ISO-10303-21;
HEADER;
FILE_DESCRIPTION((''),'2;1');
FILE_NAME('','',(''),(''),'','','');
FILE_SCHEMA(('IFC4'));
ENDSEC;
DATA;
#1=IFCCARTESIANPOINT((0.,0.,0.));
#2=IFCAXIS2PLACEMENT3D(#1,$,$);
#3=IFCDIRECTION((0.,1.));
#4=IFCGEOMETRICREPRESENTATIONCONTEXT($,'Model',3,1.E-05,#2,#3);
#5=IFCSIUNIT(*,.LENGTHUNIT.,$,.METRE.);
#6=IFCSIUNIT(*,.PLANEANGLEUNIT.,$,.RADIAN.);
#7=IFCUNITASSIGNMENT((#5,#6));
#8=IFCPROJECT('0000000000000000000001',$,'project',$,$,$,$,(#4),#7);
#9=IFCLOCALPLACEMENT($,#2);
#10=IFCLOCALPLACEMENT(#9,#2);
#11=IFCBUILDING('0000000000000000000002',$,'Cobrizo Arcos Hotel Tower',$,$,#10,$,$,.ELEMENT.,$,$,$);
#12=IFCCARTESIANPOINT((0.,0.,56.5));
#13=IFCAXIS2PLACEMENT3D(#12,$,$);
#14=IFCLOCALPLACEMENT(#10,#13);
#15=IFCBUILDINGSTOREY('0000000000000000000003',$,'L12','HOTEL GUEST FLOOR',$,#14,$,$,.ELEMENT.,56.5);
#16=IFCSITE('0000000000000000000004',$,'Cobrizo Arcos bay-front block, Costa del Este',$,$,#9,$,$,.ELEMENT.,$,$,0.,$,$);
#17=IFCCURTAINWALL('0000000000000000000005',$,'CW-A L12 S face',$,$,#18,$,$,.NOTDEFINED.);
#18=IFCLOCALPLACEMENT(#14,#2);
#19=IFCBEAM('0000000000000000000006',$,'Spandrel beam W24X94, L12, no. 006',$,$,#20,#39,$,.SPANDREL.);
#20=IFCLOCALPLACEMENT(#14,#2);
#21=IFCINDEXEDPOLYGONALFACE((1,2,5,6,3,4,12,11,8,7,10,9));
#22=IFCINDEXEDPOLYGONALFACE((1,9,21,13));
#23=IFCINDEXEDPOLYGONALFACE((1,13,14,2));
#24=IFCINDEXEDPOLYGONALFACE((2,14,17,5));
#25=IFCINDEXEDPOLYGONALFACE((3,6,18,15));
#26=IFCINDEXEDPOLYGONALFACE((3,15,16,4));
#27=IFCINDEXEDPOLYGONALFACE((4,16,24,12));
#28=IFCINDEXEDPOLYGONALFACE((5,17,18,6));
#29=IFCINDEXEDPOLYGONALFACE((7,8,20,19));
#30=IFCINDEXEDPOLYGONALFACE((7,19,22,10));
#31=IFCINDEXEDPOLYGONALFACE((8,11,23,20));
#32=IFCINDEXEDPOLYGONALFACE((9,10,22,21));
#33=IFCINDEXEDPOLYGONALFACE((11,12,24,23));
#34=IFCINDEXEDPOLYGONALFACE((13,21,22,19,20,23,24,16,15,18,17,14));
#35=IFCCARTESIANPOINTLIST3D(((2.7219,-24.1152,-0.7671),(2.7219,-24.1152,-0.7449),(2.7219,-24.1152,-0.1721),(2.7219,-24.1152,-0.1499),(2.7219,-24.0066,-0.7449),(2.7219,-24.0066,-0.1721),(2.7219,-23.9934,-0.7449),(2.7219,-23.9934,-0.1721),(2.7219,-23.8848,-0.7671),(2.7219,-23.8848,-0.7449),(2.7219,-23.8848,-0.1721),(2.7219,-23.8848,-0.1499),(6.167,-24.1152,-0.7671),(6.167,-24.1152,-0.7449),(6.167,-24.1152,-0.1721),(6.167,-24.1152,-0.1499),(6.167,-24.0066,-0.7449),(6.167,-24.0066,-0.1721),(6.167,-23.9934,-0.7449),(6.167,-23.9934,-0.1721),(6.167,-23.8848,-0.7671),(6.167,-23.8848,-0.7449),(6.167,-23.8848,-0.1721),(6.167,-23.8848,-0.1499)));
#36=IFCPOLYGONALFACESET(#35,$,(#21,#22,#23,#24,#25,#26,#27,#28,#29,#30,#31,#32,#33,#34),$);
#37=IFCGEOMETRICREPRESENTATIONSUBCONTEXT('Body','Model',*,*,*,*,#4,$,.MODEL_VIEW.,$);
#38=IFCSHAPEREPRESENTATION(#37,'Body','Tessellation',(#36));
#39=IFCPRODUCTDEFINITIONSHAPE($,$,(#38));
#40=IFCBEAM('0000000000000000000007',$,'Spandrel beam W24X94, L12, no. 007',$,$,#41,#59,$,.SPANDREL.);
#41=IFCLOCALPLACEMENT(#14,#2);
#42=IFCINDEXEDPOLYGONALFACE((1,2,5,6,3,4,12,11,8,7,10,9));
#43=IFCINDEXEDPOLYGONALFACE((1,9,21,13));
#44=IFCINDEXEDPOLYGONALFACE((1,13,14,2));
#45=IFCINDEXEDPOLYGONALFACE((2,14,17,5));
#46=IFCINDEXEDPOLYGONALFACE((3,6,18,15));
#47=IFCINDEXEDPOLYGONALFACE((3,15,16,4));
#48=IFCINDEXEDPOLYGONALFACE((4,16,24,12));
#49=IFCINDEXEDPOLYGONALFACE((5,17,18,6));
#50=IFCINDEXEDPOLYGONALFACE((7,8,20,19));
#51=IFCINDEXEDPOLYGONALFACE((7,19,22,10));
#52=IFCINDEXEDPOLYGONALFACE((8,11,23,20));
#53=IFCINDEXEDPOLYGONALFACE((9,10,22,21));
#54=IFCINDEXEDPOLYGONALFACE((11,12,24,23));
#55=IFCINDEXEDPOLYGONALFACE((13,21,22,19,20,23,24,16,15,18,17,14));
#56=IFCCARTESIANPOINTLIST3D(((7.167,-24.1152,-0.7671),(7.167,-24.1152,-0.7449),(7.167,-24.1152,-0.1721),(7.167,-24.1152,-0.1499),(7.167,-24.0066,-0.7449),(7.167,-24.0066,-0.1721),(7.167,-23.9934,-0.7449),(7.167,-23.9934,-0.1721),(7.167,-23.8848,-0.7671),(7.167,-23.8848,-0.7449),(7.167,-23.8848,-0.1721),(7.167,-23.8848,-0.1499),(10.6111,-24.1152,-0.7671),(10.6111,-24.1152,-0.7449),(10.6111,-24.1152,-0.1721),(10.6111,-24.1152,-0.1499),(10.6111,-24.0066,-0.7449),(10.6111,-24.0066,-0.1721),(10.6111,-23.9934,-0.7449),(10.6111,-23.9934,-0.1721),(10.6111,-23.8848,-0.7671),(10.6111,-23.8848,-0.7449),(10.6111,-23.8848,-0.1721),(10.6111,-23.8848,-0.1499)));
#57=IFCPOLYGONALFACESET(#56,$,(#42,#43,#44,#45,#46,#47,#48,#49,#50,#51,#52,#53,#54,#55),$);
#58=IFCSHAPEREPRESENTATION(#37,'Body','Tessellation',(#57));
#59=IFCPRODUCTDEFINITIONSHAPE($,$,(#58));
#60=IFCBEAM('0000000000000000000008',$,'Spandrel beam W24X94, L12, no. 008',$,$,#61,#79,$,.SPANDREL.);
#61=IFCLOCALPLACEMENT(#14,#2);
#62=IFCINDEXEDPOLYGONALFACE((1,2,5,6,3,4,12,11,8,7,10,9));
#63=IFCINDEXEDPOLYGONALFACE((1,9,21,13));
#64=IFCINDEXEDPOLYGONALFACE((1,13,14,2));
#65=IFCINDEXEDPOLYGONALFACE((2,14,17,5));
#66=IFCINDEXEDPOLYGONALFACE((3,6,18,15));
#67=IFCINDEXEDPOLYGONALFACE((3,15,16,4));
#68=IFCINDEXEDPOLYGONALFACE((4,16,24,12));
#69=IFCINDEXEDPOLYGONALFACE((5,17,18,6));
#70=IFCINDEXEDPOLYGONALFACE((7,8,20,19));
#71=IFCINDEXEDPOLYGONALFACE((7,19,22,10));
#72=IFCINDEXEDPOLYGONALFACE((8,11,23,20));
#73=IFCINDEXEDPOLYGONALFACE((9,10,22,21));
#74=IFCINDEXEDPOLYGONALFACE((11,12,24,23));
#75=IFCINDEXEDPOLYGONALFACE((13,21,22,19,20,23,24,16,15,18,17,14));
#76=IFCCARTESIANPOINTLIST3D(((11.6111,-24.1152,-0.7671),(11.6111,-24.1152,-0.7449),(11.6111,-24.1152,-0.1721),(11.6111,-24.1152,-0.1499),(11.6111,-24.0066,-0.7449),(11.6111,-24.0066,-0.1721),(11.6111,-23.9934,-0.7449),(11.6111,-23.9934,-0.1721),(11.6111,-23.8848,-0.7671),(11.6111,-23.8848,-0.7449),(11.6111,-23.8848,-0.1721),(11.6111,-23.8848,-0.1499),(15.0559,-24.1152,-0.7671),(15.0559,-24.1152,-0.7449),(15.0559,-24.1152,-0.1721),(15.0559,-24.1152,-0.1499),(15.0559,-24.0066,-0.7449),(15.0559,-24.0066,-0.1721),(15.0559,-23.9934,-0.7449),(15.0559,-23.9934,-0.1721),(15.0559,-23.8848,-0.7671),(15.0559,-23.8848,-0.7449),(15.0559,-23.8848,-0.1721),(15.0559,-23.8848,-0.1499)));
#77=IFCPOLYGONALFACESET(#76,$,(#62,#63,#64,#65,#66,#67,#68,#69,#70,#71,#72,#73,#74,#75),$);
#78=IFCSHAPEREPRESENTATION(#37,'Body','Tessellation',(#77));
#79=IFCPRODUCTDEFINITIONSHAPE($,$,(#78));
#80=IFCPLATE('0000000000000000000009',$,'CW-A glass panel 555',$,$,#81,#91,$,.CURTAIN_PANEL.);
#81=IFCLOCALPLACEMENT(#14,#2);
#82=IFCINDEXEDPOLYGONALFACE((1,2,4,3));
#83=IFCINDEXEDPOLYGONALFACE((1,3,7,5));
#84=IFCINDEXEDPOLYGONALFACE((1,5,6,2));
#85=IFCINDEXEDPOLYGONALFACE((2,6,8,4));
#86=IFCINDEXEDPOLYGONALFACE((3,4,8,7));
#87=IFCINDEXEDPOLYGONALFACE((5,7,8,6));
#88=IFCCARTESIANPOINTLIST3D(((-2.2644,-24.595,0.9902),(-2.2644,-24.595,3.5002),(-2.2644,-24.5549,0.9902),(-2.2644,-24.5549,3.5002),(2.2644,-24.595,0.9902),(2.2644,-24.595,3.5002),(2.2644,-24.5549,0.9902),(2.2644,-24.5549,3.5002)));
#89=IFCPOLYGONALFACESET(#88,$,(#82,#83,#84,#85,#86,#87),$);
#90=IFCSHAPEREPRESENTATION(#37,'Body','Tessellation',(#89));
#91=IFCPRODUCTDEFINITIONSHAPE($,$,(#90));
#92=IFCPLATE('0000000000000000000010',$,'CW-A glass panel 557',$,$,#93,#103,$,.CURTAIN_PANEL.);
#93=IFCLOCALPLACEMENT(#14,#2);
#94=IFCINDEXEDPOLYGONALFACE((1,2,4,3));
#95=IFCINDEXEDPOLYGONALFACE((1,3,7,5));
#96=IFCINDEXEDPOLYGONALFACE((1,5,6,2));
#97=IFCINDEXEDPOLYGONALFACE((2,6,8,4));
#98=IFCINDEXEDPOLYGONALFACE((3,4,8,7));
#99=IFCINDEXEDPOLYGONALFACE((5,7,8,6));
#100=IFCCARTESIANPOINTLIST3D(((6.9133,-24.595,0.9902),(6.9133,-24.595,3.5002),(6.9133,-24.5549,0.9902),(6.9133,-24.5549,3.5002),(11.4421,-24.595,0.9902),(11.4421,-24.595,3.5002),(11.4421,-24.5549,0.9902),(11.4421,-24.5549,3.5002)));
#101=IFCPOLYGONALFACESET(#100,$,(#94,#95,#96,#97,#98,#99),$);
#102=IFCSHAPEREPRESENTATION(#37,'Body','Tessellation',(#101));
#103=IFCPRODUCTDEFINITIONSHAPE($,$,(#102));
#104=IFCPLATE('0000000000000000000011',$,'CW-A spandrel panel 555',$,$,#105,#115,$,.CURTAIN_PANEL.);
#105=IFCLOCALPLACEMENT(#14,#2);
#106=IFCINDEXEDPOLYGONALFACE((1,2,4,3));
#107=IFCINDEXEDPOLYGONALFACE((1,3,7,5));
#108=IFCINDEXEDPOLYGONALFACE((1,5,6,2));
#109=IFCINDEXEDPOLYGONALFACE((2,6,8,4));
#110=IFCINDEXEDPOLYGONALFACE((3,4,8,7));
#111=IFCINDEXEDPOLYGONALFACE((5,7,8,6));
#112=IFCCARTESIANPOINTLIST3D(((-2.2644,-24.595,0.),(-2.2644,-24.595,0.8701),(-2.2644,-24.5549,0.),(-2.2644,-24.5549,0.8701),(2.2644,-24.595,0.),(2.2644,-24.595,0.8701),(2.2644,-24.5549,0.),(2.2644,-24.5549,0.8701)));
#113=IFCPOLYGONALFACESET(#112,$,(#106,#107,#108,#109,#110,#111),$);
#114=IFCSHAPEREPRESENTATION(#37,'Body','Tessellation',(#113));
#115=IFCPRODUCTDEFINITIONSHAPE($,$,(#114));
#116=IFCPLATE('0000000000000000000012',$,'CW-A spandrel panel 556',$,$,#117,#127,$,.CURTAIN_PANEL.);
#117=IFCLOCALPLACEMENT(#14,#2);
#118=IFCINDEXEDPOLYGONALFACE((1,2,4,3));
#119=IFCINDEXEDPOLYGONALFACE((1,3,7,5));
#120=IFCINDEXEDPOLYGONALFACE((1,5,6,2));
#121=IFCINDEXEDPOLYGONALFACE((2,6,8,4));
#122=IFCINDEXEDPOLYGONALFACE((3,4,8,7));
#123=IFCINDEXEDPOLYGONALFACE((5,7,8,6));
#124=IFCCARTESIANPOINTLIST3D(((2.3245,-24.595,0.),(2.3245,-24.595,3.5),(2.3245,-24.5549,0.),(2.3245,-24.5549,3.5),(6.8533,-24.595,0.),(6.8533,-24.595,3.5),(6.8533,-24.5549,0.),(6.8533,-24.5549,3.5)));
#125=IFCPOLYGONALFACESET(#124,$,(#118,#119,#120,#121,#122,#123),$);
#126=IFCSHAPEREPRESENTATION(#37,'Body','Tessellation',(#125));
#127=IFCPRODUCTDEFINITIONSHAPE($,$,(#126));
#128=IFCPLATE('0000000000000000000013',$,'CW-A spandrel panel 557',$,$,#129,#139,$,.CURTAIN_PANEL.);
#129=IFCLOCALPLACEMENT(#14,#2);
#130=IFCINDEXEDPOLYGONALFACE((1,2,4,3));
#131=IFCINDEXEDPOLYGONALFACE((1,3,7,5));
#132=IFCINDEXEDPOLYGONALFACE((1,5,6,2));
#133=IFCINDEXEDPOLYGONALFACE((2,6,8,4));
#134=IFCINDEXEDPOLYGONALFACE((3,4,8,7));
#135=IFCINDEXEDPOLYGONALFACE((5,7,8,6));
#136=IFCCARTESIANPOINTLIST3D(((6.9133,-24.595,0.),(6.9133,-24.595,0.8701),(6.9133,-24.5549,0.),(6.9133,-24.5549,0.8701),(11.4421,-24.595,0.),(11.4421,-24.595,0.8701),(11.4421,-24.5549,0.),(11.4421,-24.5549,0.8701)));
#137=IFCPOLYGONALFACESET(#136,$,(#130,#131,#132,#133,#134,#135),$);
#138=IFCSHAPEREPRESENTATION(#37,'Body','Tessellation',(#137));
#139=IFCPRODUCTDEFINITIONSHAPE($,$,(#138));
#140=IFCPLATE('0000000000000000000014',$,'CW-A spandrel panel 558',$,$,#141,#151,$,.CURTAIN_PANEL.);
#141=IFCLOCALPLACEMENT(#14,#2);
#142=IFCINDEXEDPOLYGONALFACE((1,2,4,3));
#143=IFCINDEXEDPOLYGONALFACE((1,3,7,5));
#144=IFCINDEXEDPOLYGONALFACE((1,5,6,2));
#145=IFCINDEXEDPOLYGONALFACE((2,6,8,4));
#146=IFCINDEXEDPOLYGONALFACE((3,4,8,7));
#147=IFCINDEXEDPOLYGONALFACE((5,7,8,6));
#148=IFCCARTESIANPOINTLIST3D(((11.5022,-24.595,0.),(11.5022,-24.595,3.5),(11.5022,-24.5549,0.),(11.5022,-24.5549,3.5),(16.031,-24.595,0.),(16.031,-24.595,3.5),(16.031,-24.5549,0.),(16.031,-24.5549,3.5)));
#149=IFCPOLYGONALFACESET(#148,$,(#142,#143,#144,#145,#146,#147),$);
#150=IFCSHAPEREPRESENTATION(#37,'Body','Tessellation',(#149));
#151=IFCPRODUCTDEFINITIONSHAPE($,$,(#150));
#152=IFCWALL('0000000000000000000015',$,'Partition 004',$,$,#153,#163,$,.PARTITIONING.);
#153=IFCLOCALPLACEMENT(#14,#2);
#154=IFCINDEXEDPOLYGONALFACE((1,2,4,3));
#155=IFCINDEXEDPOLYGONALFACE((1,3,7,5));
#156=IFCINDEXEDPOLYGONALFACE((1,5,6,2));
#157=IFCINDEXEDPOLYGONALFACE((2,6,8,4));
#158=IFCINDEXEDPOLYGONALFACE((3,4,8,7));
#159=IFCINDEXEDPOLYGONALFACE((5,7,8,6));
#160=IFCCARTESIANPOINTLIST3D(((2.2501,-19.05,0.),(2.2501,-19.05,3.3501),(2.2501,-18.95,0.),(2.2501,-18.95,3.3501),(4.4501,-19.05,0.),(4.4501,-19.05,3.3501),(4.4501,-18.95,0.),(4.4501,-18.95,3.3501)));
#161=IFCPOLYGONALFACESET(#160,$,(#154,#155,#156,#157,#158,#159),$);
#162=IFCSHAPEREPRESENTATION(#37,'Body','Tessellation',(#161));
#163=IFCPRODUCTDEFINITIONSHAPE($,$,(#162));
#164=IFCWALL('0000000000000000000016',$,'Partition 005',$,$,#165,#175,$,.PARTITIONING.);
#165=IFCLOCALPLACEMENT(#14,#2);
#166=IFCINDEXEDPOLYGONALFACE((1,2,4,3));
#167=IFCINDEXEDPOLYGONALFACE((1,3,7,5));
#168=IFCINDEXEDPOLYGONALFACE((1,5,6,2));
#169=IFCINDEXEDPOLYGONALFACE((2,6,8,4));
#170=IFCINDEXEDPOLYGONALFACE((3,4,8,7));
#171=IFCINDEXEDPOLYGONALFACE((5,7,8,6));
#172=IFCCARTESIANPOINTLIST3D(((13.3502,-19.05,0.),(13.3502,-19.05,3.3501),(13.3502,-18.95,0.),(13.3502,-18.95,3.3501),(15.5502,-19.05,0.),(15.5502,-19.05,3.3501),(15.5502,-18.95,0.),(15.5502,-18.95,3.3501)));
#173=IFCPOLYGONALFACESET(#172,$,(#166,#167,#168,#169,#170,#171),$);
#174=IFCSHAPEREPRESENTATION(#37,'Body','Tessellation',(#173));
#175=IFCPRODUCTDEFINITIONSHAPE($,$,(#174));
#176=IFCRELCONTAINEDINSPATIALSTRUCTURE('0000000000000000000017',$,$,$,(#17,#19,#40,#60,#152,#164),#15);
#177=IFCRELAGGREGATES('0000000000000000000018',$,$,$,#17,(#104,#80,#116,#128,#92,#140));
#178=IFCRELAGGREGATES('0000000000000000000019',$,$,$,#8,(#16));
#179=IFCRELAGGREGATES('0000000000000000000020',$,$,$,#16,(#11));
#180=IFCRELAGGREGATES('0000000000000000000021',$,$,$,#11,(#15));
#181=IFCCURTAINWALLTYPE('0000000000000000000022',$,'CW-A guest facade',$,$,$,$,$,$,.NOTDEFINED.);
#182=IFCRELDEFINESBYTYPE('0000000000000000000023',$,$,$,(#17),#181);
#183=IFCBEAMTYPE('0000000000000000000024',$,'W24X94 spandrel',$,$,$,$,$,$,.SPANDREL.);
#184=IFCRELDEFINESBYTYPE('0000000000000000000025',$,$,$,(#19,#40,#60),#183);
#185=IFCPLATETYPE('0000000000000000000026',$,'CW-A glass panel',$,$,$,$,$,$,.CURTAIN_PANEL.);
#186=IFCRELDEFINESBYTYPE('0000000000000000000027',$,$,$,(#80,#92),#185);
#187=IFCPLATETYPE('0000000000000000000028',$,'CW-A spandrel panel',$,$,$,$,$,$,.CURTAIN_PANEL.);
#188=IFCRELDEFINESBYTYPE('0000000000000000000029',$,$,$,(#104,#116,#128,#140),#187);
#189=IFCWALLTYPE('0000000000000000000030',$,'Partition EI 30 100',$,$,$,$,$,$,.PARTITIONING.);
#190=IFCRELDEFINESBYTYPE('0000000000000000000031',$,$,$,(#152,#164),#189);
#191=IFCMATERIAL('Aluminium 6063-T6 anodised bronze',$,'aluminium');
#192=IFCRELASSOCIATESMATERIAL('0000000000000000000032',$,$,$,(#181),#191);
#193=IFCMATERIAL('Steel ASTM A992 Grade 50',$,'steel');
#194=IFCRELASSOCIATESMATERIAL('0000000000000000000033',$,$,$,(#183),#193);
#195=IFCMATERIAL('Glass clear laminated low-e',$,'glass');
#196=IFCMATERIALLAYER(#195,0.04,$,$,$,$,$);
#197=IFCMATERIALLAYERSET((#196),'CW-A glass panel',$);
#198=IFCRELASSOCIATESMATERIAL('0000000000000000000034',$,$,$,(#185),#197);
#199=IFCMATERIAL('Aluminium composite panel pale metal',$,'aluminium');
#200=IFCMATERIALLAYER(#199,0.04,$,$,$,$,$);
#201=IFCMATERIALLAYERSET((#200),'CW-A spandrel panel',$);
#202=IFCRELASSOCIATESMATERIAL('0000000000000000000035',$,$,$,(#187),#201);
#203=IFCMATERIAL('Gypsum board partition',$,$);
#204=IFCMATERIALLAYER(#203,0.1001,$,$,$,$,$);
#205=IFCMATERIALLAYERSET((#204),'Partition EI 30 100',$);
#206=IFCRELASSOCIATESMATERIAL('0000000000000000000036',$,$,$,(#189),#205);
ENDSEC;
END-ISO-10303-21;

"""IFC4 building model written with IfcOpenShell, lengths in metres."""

from ifc_helpers import new_model, si_unit, direction, frame, frame_2d, origin, origin_2d, place, context, subcontext, project, spatial, rectangle, i_section, extrude, material, layer, layer_set, material_profile, profile_set, type_object, element, aggregate, save


model = new_model("IFC4")

# Units and contexts
model_context = context("Model", 3, precision=1e-05, world=origin(), true_north=direction((0.0, 1.0)))
body_context = subcontext(model_context, "Body", "Model", "MODEL_VIEW")
ifc_project = project(units=[si_unit("LENGTHUNIT", "METRE"), si_unit("PLANEANGLEUNIT", "RADIAN")], contexts=[model_context])

# Site, building, storey
site_placement = place(None, origin())
site = spatial("IfcSite", under=ifc_project, at=site_placement, Name="Cobrizo Arcos bay-front block, Costa del Este", CompositionType="ELEMENT", RefElevation=0.0)
building_placement = place(site_placement, origin())
building = spatial("IfcBuilding", under=site, at=building_placement, Name="Cobrizo Arcos Hotel Tower", CompositionType="ELEMENT")
storey_placement = place(building_placement, frame((0.0, 0.0, 56.5)))
storey = spatial("IfcBuildingStorey", under=building, at=storey_placement, Name="L12", Description="HOTEL GUEST FLOOR", CompositionType="ELEMENT", Elevation=56.5)

# Curtain wall
ifc_material_1 = material(Name="Aluminium 6063-T6 anodised bronze", Category="aluminium")
curtain_wall_type = type_object("IfcCurtainWallType", Name="CW-A guest facade", PredefinedType="NOTDEFINED", material=ifc_material_1)
curtain_wall_placement = place(storey_placement, origin())
curtain_wall = element("IfcCurtainWall", 1, at=curtain_wall_placement, inside=storey, type_object=curtain_wall_type, Name="CW-A L12 S face", PredefinedType="NOTDEFINED")

# Beams
ifc_material_2 = material(Name="Steel ASTM A992 Grade 50", Category="steel")
ifc_material_profile_1 = material_profile(ifc_material_2, i_section(OverallWidth=0.2305, OverallDepth=0.6172, WebThickness=0.0132, FlangeThickness=0.0222, at=origin_2d()), Name="W24X94")
ifc_profile_set_1 = profile_set([ifc_material_profile_1], Name="Steel ASTM A992 Grade 50")
beam_type_1 = type_object("IfcBeamType", Name="W24X94 spandrel", PredefinedType="SPANDREL", material=ifc_profile_set_1)
beam_1_placement = place(storey_placement, frame((2.7219, -24.0, -0.4585), z_axis=(1.0, 0.0, 0.0), x_axis=(0.0, 1.0, 0.0)))
element("IfcBeam", 2, at=beam_1_placement, inside=storey, type_object=beam_type_1, Name="Spandrel beam W24X94, L12, no. 006", PredefinedType="SPANDREL", context=body_context, shape_type="SweptSolid", body=[
    extrude(i_section(OverallWidth=0.2305, OverallDepth=0.6172, WebThickness=0.0132, FlangeThickness=0.0222, at=origin_2d()), origin(), (0.0, 0.0, 1.0), 3.4451),
])
beam_2_placement = place(storey_placement, frame((7.167, -24.0, -0.4585), z_axis=(1.0, 0.0, 0.0), x_axis=(0.0, 1.0, 0.0)))
element("IfcBeam", 3, at=beam_2_placement, inside=storey, type_object=beam_type_1, Name="Spandrel beam W24X94, L12, no. 007", PredefinedType="SPANDREL", context=body_context, shape_type="SweptSolid", body=[
    extrude(i_section(OverallWidth=0.2305, OverallDepth=0.6172, WebThickness=0.0132, FlangeThickness=0.0222, at=origin_2d()), origin(), (0.0, 0.0, 1.0), 3.4441),
])
beam_3_placement = place(storey_placement, frame((11.6111, -24.0, -0.4585), z_axis=(1.0, 0.0, 0.0), x_axis=(0.0, 1.0, 0.0)))
element("IfcBeam", 4, at=beam_3_placement, inside=storey, type_object=beam_type_1, Name="Spandrel beam W24X94, L12, no. 008", PredefinedType="SPANDREL", context=body_context, shape_type="SweptSolid", body=[
    extrude(i_section(OverallWidth=0.2305, OverallDepth=0.6172, WebThickness=0.0132, FlangeThickness=0.0222, at=origin_2d()), origin(), (0.0, 0.0, 1.0), 3.4448),
])

# Plates
ifc_material_3 = material(Name="Glass clear laminated low-e", Category="glass")
ifc_layer_1 = layer(ifc_material_3, 0.04)
ifc_layer_set_1 = layer_set([ifc_layer_1], Name="CW-A glass panel")
plate_type_1 = type_object("IfcPlateType", Name="CW-A glass panel", PredefinedType="CURTAIN_PANEL", material=ifc_layer_set_1)
plate_1_placement = place(storey_placement, frame((0.0, -24.575, 0.9902), z_axis=(0.0, 0.0, 1.0), x_axis=(1.0, 0.0, 0.0)))
plate_1 = element("IfcPlate", 5, at=plate_1_placement, type_object=plate_type_1, Name="CW-A glass panel 555", PredefinedType="CURTAIN_PANEL", context=body_context, shape_type="SweptSolid", body=[
    extrude(rectangle(XDim=4.5288, YDim=0.04, at=origin_2d()), origin(), (0.0, 0.0, 1.0), 2.51),
])
plate_2_placement = place(storey_placement, frame((9.1777, -24.575, 0.9902), z_axis=(0.0, 0.0, 1.0), x_axis=(1.0, 0.0, 0.0)))
plate_2 = element("IfcPlate", 6, at=plate_2_placement, type_object=plate_type_1, Name="CW-A glass panel 557", PredefinedType="CURTAIN_PANEL", context=body_context, shape_type="SweptSolid", body=[
    extrude(rectangle(XDim=4.5288, YDim=0.04, at=origin_2d()), origin(), (0.0, 0.0, 1.0), 2.51),
])
ifc_material_4 = material(Name="Aluminium composite panel pale metal", Category="aluminium")
ifc_layer_2 = layer(ifc_material_4, 0.04)
ifc_layer_set_2 = layer_set([ifc_layer_2], Name="CW-A spandrel panel")
plate_type_2 = type_object("IfcPlateType", Name="CW-A spandrel panel", PredefinedType="CURTAIN_PANEL", material=ifc_layer_set_2)
plate_3_placement = place(storey_placement, frame((0.0, -24.575, 0.0), z_axis=(0.0, 0.0, 1.0), x_axis=(1.0, 0.0, 0.0)))
plate_3 = element("IfcPlate", 7, at=plate_3_placement, type_object=plate_type_2, Name="CW-A spandrel panel 555", PredefinedType="CURTAIN_PANEL", context=body_context, shape_type="SweptSolid", body=[
    extrude(rectangle(XDim=4.5288, YDim=0.04, at=origin_2d()), origin(), (0.0, 0.0, 1.0), 0.8701),
])
plate_4_placement = place(storey_placement, frame((4.5889, -24.575, 0.0), z_axis=(0.0, 0.0, 1.0), x_axis=(1.0, 0.0, 0.0)))
plate_4 = element("IfcPlate", 8, at=plate_4_placement, type_object=plate_type_2, Name="CW-A spandrel panel 556", PredefinedType="CURTAIN_PANEL", context=body_context, shape_type="SweptSolid", body=[
    extrude(rectangle(XDim=4.5288, YDim=0.04, at=origin_2d()), origin(), (0.0, 0.0, 1.0), 3.5),
])
plate_5_placement = place(storey_placement, frame((9.1777, -24.575, 0.0), z_axis=(0.0, 0.0, 1.0), x_axis=(1.0, 0.0, 0.0)))
plate_5 = element("IfcPlate", 9, at=plate_5_placement, type_object=plate_type_2, Name="CW-A spandrel panel 557", PredefinedType="CURTAIN_PANEL", context=body_context, shape_type="SweptSolid", body=[
    extrude(rectangle(XDim=4.5288, YDim=0.04, at=origin_2d()), origin(), (0.0, 0.0, 1.0), 0.8701),
])
plate_6_placement = place(storey_placement, frame((13.7666, -24.575, 0.0), z_axis=(0.0, 0.0, 1.0), x_axis=(1.0, 0.0, 0.0)))
plate_6 = element("IfcPlate", 10, at=plate_6_placement, type_object=plate_type_2, Name="CW-A spandrel panel 558", PredefinedType="CURTAIN_PANEL", context=body_context, shape_type="SweptSolid", body=[
    extrude(rectangle(XDim=4.5288, YDim=0.04, at=origin_2d()), origin(), (0.0, 0.0, 1.0), 3.5),
])
aggregate(curtain_wall, [plate_3, plate_1, plate_4, plate_5, plate_2, plate_6])

# Walls
ifc_material_5 = material(Name="Gypsum board partition")
ifc_layer_3 = layer(ifc_material_5, 0.1001)
ifc_layer_set_3 = layer_set([ifc_layer_3], Name="Partition EI 30 100")
wall_type = type_object("IfcWallType", Name="Partition EI 30 100", PredefinedType="PARTITIONING", material=ifc_layer_set_3)
for number, where, z_axis, x_axis, name in (
    (11, (2.25, -19.0, 0.0), (0.0, 0.0, 1.0), (1.0, 0.0, 0.0), "Partition 004"),
    (12, (13.3501, -19.0, 0.0), (0.0, 0.0, 1.0), (1.0, 0.0, 0.0), "Partition 005"),
):
    element("IfcWall", number, at=place(storey_placement, frame(where, z_axis=z_axis, x_axis=x_axis)), inside=storey, type_object=wall_type, Name=name, PredefinedType="PARTITIONING", context=body_context, shape_type="SweptSolid", body=[
        extrude(rectangle(XDim=2.2, YDim=0.1001, at=frame_2d((1.1001, 0.0))), origin(), (0.0, 0.0, 1.0), 3.3501),
    ])

save(model, "model.ifc")
